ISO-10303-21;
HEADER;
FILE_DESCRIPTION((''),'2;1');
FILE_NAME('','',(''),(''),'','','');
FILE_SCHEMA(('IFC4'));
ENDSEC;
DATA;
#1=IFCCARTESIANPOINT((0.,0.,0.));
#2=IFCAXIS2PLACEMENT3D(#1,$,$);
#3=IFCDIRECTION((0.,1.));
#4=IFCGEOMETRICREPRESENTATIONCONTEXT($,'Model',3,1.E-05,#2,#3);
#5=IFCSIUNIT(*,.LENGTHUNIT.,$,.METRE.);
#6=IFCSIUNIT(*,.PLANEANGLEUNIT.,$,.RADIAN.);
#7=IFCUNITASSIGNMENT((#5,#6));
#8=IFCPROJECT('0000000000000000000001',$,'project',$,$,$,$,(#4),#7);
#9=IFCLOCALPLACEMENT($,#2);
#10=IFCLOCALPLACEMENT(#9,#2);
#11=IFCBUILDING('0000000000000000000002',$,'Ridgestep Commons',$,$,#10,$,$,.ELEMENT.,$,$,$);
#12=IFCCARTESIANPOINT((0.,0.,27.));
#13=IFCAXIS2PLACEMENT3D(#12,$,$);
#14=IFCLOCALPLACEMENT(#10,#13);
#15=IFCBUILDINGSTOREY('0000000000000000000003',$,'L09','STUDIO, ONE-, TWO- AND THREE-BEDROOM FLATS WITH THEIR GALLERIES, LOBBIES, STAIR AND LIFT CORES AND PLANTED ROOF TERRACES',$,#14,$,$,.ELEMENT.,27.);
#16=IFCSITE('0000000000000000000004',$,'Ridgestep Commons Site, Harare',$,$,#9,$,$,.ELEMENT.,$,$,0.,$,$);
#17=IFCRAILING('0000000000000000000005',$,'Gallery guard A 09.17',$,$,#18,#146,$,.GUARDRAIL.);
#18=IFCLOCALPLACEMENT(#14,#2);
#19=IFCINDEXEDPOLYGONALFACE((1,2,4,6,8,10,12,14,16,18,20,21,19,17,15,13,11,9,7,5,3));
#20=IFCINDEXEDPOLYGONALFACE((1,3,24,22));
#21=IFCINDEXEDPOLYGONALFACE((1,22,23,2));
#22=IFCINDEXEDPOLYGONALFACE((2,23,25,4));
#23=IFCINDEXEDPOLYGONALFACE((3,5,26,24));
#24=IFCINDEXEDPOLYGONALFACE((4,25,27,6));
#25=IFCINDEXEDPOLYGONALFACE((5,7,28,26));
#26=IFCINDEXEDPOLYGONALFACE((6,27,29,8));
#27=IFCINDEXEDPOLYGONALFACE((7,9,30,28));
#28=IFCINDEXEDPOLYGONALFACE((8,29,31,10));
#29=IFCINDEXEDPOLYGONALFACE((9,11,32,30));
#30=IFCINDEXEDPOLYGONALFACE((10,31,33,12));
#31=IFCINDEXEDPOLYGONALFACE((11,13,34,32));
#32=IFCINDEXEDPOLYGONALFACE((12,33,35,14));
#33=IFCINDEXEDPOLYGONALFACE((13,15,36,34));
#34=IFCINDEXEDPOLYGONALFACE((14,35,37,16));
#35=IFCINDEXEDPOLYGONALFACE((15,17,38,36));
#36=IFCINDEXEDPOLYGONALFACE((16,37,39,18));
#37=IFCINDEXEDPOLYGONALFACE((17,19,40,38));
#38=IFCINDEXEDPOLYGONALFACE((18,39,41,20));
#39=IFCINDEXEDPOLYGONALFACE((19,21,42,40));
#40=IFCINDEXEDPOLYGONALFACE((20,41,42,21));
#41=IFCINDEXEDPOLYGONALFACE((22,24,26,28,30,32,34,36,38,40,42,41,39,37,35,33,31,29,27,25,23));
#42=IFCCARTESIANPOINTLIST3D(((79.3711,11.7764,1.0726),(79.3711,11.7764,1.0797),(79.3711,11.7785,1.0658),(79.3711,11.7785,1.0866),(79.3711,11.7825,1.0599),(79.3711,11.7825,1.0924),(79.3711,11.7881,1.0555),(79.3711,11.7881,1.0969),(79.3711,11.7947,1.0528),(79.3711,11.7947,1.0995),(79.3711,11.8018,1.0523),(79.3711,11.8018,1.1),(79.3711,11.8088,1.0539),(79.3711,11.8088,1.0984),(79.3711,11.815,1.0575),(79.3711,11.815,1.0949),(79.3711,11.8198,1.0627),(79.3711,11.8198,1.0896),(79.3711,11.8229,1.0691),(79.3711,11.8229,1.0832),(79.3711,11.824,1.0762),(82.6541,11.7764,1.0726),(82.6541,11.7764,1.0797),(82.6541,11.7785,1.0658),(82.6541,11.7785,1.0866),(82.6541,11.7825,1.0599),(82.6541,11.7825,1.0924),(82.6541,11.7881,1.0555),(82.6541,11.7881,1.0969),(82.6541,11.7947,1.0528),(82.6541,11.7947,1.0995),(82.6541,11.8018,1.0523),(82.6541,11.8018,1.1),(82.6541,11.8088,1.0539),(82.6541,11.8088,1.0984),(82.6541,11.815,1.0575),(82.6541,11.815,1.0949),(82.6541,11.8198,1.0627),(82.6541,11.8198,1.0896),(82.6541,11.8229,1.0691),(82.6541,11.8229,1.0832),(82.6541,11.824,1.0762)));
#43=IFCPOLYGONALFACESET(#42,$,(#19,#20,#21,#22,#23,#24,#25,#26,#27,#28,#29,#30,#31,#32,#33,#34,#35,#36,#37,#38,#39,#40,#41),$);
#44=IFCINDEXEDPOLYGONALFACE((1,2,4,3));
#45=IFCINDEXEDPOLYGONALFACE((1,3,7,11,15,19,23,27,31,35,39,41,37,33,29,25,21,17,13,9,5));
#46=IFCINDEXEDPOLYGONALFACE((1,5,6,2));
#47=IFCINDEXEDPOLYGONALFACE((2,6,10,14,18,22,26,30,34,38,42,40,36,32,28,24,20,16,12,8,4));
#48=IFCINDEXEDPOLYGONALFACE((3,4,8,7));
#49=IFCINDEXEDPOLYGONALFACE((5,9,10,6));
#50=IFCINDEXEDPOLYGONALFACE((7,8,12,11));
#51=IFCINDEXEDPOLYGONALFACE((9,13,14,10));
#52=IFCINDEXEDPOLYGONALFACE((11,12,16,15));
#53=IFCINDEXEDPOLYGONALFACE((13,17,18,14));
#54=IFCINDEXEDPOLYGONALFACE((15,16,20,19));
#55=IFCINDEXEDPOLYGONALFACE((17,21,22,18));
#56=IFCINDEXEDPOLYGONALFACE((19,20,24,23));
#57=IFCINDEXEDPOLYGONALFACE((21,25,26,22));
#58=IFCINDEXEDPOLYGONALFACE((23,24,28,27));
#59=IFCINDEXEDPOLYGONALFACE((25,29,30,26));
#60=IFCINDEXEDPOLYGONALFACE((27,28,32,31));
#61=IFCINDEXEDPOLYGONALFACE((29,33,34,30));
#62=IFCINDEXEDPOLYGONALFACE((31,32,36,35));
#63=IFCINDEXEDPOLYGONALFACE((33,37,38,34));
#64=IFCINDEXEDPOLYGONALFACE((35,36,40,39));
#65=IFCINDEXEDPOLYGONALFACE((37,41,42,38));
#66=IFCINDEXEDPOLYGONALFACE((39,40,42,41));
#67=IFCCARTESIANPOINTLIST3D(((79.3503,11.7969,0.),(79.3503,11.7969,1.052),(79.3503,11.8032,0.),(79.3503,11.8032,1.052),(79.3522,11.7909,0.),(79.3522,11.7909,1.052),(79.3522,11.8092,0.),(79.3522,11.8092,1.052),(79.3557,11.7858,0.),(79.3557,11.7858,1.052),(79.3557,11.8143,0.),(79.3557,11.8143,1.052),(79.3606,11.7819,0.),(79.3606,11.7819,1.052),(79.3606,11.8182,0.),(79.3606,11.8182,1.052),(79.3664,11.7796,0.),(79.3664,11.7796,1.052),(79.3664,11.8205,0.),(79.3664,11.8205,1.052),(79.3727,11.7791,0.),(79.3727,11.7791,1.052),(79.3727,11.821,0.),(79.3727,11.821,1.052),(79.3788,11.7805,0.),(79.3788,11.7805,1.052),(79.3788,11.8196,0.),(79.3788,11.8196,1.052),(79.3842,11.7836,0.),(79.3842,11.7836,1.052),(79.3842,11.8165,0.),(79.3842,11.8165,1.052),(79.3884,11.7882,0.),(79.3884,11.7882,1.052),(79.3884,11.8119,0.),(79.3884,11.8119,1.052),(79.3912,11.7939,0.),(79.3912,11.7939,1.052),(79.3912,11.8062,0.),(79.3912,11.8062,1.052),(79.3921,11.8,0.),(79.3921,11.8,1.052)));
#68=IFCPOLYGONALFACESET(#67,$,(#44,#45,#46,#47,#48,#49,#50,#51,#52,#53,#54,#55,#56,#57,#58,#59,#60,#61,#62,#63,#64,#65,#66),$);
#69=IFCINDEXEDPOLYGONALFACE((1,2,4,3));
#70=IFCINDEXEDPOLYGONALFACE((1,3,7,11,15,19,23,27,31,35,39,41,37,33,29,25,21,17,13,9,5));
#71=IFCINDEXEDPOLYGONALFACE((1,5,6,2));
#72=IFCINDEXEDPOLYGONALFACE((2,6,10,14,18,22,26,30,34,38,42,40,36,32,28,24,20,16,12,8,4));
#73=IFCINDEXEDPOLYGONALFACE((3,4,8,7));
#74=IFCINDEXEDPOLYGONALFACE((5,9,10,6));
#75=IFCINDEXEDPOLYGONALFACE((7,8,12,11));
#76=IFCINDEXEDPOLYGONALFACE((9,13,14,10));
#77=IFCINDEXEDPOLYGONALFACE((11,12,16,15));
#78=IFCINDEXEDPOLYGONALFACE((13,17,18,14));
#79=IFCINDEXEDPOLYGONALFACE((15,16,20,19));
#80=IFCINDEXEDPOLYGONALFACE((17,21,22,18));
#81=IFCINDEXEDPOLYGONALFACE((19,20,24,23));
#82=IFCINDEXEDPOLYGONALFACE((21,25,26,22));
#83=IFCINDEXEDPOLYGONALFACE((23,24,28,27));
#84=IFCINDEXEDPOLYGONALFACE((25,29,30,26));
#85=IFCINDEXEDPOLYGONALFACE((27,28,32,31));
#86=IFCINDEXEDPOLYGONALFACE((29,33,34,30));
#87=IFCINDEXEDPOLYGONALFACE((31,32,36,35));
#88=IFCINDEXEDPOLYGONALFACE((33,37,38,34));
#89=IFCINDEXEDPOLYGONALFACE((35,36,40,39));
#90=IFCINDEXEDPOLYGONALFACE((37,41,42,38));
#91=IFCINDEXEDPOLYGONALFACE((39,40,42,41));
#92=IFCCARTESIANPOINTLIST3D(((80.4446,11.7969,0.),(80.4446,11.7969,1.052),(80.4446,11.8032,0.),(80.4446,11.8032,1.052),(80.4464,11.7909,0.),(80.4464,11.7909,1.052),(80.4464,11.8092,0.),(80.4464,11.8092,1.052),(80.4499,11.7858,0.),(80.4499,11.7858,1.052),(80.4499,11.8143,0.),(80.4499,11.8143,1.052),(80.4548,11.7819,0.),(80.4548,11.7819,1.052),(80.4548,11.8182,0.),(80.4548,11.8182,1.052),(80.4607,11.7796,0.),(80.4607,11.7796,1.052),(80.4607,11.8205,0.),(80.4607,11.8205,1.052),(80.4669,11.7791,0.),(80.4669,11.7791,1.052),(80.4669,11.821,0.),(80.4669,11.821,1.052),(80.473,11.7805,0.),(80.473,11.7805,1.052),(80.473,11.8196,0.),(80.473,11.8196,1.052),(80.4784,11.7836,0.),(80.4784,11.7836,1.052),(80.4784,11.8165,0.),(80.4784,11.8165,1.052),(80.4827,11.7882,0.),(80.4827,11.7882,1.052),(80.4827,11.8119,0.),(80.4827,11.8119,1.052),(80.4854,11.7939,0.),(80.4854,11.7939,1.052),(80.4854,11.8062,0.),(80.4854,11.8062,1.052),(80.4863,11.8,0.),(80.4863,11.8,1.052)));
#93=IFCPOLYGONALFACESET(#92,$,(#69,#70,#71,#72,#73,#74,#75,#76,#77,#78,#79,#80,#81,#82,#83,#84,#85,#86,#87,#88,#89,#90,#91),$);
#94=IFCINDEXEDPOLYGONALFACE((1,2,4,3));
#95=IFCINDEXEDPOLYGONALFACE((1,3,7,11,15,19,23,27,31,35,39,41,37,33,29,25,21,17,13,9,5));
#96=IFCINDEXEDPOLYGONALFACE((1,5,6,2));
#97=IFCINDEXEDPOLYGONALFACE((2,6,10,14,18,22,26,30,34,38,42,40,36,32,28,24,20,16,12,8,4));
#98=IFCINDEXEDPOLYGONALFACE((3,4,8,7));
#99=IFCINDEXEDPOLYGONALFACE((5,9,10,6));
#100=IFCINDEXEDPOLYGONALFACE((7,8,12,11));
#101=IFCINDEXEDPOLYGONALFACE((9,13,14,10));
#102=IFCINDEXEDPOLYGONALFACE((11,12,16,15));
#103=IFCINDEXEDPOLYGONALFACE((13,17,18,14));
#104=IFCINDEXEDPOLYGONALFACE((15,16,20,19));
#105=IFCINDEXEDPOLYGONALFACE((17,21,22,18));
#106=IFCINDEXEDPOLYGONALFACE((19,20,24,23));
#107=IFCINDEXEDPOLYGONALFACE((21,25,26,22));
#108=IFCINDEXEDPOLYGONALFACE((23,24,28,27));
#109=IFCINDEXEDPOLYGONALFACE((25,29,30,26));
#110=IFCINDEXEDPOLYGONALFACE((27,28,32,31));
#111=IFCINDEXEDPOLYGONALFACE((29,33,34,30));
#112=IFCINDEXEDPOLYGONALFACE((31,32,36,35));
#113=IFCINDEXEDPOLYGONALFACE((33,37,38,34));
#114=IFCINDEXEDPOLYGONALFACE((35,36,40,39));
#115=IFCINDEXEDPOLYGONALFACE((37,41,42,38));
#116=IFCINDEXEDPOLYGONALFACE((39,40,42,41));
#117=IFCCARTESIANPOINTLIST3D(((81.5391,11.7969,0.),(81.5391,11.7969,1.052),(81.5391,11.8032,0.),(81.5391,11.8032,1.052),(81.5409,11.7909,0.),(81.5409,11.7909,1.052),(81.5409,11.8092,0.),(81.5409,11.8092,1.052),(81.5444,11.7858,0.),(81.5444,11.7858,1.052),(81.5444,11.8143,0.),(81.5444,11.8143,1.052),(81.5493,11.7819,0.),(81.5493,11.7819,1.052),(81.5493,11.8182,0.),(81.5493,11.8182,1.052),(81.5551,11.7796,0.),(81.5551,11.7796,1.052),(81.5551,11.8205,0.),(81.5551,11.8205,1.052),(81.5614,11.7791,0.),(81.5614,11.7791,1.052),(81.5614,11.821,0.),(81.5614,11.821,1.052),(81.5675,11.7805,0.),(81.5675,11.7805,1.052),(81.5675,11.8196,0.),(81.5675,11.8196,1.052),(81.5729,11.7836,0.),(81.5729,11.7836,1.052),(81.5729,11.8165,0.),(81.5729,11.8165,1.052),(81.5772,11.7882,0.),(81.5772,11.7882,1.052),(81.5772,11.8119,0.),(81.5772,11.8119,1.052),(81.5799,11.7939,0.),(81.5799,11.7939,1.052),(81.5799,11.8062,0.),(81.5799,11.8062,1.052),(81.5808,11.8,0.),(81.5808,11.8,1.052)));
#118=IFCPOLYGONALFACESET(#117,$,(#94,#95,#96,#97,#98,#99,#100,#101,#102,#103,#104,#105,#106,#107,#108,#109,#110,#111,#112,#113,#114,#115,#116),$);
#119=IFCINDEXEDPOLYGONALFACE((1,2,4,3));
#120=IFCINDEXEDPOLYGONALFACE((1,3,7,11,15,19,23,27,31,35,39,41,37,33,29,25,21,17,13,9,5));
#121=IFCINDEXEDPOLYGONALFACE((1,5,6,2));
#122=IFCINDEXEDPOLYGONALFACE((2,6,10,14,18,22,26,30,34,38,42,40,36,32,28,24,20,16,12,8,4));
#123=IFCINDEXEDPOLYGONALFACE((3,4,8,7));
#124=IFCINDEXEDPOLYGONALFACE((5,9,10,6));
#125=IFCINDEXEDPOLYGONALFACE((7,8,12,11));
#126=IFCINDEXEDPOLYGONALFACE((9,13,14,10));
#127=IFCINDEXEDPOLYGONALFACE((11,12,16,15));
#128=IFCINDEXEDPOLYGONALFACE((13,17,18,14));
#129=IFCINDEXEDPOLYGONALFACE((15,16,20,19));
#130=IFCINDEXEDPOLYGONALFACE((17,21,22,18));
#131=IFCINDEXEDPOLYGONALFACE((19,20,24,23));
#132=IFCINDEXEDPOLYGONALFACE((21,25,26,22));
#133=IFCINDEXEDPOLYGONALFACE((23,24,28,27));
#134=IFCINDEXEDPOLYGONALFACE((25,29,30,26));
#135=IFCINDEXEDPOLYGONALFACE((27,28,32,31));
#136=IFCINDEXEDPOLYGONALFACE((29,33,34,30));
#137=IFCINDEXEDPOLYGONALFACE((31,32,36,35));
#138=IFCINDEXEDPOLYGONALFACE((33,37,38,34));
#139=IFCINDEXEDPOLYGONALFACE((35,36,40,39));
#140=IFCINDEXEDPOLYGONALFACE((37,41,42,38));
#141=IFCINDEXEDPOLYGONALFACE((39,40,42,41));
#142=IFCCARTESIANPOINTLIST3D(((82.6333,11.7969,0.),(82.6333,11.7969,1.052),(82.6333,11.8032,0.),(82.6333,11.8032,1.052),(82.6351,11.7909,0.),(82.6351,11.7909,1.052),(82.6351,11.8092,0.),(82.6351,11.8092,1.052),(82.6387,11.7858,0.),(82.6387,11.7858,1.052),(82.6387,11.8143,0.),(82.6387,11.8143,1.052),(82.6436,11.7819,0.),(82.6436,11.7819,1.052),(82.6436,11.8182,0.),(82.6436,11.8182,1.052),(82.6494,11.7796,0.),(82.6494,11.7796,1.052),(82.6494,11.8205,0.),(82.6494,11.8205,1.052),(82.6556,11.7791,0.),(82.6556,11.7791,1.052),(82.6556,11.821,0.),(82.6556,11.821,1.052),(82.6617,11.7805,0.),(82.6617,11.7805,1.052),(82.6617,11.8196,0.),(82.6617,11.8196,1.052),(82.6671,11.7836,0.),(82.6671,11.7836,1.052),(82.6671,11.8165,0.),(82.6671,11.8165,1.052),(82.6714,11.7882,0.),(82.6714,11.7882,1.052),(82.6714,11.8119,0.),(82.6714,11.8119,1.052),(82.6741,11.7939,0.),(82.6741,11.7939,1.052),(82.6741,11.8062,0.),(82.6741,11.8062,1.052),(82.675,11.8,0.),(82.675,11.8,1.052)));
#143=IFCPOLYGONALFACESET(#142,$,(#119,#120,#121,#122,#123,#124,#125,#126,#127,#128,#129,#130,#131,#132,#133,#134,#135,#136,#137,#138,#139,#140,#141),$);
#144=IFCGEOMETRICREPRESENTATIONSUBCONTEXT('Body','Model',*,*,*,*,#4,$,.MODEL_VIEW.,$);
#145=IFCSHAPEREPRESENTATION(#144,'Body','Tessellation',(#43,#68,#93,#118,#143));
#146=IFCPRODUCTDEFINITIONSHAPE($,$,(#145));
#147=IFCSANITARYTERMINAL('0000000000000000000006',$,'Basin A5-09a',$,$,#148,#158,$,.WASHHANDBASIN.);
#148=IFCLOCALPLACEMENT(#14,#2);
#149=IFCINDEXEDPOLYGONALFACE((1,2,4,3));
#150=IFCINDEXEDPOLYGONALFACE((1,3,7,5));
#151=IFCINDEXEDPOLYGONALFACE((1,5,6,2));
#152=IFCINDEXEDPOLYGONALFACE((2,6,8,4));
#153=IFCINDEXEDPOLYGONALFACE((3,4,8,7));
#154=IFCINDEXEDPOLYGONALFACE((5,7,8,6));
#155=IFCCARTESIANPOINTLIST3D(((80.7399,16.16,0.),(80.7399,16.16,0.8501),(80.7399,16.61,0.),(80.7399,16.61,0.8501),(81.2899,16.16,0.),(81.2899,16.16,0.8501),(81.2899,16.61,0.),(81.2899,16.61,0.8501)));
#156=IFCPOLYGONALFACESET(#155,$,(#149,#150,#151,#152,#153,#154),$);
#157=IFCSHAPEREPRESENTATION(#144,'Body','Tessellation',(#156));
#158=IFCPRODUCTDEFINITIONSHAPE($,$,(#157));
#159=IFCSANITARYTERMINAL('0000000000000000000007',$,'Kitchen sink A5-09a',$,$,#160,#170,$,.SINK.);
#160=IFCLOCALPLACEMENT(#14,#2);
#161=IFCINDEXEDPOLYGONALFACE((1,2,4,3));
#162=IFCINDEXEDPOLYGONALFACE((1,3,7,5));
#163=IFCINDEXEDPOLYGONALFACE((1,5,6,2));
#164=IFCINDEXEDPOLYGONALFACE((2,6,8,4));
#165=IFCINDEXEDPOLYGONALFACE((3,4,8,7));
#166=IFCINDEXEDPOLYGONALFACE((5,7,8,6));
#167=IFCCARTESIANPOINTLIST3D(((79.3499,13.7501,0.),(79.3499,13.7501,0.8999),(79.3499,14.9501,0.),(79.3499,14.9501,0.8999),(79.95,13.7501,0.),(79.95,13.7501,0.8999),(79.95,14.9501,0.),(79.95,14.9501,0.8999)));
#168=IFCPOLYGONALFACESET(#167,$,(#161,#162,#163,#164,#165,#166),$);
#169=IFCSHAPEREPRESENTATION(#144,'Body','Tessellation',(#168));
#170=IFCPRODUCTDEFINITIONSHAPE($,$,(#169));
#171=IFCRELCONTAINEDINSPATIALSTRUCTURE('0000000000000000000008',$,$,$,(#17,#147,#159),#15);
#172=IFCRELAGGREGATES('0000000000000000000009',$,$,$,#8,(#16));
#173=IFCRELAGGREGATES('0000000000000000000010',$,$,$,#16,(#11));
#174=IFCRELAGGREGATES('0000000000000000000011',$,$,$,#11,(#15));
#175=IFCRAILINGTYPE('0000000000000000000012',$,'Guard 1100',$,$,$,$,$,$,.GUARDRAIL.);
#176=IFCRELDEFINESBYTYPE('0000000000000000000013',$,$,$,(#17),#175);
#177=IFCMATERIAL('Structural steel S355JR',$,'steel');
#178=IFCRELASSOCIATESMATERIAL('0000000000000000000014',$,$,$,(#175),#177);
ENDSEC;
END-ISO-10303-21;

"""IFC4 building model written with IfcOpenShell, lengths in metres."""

from ifc_helpers import new_model, si_unit, direction, frame, origin, origin_2d, place, context, subcontext, project, spatial, rectangle, circle, extrude, material, type_object, element, save


model = new_model("IFC4")

# Units and contexts
model_context = context("Model", 3, precision=1e-05, world=origin(), true_north=direction((0.0, 1.0)))
body_context = subcontext(model_context, "Body", "Model", "MODEL_VIEW")
ifc_project = project(units=[si_unit("LENGTHUNIT", "METRE"), si_unit("PLANEANGLEUNIT", "RADIAN")], contexts=[model_context])

# Site, building, storey
site_placement = place(None, origin())
site = spatial("IfcSite", under=ifc_project, at=site_placement, Name="Ridgestep Commons Site, Harare", CompositionType="ELEMENT", RefElevation=0.0)
building_placement = place(site_placement, origin())
building = spatial("IfcBuilding", under=site, at=building_placement, Name="Ridgestep Commons", CompositionType="ELEMENT")
storey_placement = place(building_placement, frame((0.0, 0.0, 27.0)))
storey = spatial("IfcBuildingStorey", under=building, at=storey_placement, Name="L09", Description="STUDIO, ONE-, TWO- AND THREE-BEDROOM FLATS WITH THEIR GALLERIES, LOBBIES, STAIR AND LIFT CORES AND PLANTED ROOF TERRACES", CompositionType="ELEMENT", Elevation=27.0)

# Railing
ifc_material_1 = material(Name="Structural steel S355JR", Category="steel")
railing_type = type_object("IfcRailingType", Name="Guard 1100", PredefinedType="GUARDRAIL", material=ifc_material_1)
railing_placement = place(storey_placement, frame((79.3711, 11.8, 0.0)))
element("IfcRailing", 1, at=railing_placement, inside=storey, type_object=railing_type, Name="Gallery guard A 09.17", PredefinedType="GUARDRAIL", context=body_context, shape_type="SweptSolid", body=[
    extrude(circle(Radius=0.0239, at=origin_2d()), frame((0.0, 0.0, 1.0762), z_axis=(1.0, 0.0, 0.0), x_axis=(0.0, 1.0, 0.0)), (0.0, 0.0, 1.0), 3.283),
    extrude(circle(Radius=0.021, at=origin_2d()), origin(), (0.0, 0.0, 1.0), 1.052),
    extrude(circle(Radius=0.021, at=origin_2d()), frame((1.0942, 0.0, 0.0)), (0.0, 0.0, 1.0), 1.052),
    extrude(circle(Radius=0.021, at=origin_2d()), frame((2.1887, 0.0, 0.0)), (0.0, 0.0, 1.0), 1.052),
    extrude(circle(Radius=0.021, at=origin_2d()), frame((3.283, 0.0, 0.0)), (0.0, 0.0, 1.0), 1.052),
])

# Sanitary terminals
sanitary_terminal_1_placement = place(storey_placement, frame((81.0149, 16.385, 0.0), z_axis=(0.0, 0.0, 1.0), x_axis=(1.0, 0.0, 0.0)))
element("IfcSanitaryTerminal", 2, at=sanitary_terminal_1_placement, inside=storey, Name="Basin A5-09a", PredefinedType="WASHHANDBASIN", context=body_context, shape_type="SweptSolid", body=[
    extrude(rectangle(XDim=0.55, YDim=0.45, at=origin_2d()), origin(), (0.0, 0.0, 1.0), 0.8501),
])
sanitary_terminal_2_placement = place(storey_placement, frame((79.6499, 14.3501, 0.0), z_axis=(0.0, 0.0, 1.0), x_axis=(1.0, 0.0, 0.0)))
element("IfcSanitaryTerminal", 3, at=sanitary_terminal_2_placement, inside=storey, Name="Kitchen sink A5-09a", PredefinedType="SINK", context=body_context, shape_type="SweptSolid", body=[
    extrude(rectangle(XDim=0.6001, YDim=1.2, at=origin_2d()), origin(), (0.0, 0.0, 1.0), 0.8999),
])

save(model, "model.ifc")
